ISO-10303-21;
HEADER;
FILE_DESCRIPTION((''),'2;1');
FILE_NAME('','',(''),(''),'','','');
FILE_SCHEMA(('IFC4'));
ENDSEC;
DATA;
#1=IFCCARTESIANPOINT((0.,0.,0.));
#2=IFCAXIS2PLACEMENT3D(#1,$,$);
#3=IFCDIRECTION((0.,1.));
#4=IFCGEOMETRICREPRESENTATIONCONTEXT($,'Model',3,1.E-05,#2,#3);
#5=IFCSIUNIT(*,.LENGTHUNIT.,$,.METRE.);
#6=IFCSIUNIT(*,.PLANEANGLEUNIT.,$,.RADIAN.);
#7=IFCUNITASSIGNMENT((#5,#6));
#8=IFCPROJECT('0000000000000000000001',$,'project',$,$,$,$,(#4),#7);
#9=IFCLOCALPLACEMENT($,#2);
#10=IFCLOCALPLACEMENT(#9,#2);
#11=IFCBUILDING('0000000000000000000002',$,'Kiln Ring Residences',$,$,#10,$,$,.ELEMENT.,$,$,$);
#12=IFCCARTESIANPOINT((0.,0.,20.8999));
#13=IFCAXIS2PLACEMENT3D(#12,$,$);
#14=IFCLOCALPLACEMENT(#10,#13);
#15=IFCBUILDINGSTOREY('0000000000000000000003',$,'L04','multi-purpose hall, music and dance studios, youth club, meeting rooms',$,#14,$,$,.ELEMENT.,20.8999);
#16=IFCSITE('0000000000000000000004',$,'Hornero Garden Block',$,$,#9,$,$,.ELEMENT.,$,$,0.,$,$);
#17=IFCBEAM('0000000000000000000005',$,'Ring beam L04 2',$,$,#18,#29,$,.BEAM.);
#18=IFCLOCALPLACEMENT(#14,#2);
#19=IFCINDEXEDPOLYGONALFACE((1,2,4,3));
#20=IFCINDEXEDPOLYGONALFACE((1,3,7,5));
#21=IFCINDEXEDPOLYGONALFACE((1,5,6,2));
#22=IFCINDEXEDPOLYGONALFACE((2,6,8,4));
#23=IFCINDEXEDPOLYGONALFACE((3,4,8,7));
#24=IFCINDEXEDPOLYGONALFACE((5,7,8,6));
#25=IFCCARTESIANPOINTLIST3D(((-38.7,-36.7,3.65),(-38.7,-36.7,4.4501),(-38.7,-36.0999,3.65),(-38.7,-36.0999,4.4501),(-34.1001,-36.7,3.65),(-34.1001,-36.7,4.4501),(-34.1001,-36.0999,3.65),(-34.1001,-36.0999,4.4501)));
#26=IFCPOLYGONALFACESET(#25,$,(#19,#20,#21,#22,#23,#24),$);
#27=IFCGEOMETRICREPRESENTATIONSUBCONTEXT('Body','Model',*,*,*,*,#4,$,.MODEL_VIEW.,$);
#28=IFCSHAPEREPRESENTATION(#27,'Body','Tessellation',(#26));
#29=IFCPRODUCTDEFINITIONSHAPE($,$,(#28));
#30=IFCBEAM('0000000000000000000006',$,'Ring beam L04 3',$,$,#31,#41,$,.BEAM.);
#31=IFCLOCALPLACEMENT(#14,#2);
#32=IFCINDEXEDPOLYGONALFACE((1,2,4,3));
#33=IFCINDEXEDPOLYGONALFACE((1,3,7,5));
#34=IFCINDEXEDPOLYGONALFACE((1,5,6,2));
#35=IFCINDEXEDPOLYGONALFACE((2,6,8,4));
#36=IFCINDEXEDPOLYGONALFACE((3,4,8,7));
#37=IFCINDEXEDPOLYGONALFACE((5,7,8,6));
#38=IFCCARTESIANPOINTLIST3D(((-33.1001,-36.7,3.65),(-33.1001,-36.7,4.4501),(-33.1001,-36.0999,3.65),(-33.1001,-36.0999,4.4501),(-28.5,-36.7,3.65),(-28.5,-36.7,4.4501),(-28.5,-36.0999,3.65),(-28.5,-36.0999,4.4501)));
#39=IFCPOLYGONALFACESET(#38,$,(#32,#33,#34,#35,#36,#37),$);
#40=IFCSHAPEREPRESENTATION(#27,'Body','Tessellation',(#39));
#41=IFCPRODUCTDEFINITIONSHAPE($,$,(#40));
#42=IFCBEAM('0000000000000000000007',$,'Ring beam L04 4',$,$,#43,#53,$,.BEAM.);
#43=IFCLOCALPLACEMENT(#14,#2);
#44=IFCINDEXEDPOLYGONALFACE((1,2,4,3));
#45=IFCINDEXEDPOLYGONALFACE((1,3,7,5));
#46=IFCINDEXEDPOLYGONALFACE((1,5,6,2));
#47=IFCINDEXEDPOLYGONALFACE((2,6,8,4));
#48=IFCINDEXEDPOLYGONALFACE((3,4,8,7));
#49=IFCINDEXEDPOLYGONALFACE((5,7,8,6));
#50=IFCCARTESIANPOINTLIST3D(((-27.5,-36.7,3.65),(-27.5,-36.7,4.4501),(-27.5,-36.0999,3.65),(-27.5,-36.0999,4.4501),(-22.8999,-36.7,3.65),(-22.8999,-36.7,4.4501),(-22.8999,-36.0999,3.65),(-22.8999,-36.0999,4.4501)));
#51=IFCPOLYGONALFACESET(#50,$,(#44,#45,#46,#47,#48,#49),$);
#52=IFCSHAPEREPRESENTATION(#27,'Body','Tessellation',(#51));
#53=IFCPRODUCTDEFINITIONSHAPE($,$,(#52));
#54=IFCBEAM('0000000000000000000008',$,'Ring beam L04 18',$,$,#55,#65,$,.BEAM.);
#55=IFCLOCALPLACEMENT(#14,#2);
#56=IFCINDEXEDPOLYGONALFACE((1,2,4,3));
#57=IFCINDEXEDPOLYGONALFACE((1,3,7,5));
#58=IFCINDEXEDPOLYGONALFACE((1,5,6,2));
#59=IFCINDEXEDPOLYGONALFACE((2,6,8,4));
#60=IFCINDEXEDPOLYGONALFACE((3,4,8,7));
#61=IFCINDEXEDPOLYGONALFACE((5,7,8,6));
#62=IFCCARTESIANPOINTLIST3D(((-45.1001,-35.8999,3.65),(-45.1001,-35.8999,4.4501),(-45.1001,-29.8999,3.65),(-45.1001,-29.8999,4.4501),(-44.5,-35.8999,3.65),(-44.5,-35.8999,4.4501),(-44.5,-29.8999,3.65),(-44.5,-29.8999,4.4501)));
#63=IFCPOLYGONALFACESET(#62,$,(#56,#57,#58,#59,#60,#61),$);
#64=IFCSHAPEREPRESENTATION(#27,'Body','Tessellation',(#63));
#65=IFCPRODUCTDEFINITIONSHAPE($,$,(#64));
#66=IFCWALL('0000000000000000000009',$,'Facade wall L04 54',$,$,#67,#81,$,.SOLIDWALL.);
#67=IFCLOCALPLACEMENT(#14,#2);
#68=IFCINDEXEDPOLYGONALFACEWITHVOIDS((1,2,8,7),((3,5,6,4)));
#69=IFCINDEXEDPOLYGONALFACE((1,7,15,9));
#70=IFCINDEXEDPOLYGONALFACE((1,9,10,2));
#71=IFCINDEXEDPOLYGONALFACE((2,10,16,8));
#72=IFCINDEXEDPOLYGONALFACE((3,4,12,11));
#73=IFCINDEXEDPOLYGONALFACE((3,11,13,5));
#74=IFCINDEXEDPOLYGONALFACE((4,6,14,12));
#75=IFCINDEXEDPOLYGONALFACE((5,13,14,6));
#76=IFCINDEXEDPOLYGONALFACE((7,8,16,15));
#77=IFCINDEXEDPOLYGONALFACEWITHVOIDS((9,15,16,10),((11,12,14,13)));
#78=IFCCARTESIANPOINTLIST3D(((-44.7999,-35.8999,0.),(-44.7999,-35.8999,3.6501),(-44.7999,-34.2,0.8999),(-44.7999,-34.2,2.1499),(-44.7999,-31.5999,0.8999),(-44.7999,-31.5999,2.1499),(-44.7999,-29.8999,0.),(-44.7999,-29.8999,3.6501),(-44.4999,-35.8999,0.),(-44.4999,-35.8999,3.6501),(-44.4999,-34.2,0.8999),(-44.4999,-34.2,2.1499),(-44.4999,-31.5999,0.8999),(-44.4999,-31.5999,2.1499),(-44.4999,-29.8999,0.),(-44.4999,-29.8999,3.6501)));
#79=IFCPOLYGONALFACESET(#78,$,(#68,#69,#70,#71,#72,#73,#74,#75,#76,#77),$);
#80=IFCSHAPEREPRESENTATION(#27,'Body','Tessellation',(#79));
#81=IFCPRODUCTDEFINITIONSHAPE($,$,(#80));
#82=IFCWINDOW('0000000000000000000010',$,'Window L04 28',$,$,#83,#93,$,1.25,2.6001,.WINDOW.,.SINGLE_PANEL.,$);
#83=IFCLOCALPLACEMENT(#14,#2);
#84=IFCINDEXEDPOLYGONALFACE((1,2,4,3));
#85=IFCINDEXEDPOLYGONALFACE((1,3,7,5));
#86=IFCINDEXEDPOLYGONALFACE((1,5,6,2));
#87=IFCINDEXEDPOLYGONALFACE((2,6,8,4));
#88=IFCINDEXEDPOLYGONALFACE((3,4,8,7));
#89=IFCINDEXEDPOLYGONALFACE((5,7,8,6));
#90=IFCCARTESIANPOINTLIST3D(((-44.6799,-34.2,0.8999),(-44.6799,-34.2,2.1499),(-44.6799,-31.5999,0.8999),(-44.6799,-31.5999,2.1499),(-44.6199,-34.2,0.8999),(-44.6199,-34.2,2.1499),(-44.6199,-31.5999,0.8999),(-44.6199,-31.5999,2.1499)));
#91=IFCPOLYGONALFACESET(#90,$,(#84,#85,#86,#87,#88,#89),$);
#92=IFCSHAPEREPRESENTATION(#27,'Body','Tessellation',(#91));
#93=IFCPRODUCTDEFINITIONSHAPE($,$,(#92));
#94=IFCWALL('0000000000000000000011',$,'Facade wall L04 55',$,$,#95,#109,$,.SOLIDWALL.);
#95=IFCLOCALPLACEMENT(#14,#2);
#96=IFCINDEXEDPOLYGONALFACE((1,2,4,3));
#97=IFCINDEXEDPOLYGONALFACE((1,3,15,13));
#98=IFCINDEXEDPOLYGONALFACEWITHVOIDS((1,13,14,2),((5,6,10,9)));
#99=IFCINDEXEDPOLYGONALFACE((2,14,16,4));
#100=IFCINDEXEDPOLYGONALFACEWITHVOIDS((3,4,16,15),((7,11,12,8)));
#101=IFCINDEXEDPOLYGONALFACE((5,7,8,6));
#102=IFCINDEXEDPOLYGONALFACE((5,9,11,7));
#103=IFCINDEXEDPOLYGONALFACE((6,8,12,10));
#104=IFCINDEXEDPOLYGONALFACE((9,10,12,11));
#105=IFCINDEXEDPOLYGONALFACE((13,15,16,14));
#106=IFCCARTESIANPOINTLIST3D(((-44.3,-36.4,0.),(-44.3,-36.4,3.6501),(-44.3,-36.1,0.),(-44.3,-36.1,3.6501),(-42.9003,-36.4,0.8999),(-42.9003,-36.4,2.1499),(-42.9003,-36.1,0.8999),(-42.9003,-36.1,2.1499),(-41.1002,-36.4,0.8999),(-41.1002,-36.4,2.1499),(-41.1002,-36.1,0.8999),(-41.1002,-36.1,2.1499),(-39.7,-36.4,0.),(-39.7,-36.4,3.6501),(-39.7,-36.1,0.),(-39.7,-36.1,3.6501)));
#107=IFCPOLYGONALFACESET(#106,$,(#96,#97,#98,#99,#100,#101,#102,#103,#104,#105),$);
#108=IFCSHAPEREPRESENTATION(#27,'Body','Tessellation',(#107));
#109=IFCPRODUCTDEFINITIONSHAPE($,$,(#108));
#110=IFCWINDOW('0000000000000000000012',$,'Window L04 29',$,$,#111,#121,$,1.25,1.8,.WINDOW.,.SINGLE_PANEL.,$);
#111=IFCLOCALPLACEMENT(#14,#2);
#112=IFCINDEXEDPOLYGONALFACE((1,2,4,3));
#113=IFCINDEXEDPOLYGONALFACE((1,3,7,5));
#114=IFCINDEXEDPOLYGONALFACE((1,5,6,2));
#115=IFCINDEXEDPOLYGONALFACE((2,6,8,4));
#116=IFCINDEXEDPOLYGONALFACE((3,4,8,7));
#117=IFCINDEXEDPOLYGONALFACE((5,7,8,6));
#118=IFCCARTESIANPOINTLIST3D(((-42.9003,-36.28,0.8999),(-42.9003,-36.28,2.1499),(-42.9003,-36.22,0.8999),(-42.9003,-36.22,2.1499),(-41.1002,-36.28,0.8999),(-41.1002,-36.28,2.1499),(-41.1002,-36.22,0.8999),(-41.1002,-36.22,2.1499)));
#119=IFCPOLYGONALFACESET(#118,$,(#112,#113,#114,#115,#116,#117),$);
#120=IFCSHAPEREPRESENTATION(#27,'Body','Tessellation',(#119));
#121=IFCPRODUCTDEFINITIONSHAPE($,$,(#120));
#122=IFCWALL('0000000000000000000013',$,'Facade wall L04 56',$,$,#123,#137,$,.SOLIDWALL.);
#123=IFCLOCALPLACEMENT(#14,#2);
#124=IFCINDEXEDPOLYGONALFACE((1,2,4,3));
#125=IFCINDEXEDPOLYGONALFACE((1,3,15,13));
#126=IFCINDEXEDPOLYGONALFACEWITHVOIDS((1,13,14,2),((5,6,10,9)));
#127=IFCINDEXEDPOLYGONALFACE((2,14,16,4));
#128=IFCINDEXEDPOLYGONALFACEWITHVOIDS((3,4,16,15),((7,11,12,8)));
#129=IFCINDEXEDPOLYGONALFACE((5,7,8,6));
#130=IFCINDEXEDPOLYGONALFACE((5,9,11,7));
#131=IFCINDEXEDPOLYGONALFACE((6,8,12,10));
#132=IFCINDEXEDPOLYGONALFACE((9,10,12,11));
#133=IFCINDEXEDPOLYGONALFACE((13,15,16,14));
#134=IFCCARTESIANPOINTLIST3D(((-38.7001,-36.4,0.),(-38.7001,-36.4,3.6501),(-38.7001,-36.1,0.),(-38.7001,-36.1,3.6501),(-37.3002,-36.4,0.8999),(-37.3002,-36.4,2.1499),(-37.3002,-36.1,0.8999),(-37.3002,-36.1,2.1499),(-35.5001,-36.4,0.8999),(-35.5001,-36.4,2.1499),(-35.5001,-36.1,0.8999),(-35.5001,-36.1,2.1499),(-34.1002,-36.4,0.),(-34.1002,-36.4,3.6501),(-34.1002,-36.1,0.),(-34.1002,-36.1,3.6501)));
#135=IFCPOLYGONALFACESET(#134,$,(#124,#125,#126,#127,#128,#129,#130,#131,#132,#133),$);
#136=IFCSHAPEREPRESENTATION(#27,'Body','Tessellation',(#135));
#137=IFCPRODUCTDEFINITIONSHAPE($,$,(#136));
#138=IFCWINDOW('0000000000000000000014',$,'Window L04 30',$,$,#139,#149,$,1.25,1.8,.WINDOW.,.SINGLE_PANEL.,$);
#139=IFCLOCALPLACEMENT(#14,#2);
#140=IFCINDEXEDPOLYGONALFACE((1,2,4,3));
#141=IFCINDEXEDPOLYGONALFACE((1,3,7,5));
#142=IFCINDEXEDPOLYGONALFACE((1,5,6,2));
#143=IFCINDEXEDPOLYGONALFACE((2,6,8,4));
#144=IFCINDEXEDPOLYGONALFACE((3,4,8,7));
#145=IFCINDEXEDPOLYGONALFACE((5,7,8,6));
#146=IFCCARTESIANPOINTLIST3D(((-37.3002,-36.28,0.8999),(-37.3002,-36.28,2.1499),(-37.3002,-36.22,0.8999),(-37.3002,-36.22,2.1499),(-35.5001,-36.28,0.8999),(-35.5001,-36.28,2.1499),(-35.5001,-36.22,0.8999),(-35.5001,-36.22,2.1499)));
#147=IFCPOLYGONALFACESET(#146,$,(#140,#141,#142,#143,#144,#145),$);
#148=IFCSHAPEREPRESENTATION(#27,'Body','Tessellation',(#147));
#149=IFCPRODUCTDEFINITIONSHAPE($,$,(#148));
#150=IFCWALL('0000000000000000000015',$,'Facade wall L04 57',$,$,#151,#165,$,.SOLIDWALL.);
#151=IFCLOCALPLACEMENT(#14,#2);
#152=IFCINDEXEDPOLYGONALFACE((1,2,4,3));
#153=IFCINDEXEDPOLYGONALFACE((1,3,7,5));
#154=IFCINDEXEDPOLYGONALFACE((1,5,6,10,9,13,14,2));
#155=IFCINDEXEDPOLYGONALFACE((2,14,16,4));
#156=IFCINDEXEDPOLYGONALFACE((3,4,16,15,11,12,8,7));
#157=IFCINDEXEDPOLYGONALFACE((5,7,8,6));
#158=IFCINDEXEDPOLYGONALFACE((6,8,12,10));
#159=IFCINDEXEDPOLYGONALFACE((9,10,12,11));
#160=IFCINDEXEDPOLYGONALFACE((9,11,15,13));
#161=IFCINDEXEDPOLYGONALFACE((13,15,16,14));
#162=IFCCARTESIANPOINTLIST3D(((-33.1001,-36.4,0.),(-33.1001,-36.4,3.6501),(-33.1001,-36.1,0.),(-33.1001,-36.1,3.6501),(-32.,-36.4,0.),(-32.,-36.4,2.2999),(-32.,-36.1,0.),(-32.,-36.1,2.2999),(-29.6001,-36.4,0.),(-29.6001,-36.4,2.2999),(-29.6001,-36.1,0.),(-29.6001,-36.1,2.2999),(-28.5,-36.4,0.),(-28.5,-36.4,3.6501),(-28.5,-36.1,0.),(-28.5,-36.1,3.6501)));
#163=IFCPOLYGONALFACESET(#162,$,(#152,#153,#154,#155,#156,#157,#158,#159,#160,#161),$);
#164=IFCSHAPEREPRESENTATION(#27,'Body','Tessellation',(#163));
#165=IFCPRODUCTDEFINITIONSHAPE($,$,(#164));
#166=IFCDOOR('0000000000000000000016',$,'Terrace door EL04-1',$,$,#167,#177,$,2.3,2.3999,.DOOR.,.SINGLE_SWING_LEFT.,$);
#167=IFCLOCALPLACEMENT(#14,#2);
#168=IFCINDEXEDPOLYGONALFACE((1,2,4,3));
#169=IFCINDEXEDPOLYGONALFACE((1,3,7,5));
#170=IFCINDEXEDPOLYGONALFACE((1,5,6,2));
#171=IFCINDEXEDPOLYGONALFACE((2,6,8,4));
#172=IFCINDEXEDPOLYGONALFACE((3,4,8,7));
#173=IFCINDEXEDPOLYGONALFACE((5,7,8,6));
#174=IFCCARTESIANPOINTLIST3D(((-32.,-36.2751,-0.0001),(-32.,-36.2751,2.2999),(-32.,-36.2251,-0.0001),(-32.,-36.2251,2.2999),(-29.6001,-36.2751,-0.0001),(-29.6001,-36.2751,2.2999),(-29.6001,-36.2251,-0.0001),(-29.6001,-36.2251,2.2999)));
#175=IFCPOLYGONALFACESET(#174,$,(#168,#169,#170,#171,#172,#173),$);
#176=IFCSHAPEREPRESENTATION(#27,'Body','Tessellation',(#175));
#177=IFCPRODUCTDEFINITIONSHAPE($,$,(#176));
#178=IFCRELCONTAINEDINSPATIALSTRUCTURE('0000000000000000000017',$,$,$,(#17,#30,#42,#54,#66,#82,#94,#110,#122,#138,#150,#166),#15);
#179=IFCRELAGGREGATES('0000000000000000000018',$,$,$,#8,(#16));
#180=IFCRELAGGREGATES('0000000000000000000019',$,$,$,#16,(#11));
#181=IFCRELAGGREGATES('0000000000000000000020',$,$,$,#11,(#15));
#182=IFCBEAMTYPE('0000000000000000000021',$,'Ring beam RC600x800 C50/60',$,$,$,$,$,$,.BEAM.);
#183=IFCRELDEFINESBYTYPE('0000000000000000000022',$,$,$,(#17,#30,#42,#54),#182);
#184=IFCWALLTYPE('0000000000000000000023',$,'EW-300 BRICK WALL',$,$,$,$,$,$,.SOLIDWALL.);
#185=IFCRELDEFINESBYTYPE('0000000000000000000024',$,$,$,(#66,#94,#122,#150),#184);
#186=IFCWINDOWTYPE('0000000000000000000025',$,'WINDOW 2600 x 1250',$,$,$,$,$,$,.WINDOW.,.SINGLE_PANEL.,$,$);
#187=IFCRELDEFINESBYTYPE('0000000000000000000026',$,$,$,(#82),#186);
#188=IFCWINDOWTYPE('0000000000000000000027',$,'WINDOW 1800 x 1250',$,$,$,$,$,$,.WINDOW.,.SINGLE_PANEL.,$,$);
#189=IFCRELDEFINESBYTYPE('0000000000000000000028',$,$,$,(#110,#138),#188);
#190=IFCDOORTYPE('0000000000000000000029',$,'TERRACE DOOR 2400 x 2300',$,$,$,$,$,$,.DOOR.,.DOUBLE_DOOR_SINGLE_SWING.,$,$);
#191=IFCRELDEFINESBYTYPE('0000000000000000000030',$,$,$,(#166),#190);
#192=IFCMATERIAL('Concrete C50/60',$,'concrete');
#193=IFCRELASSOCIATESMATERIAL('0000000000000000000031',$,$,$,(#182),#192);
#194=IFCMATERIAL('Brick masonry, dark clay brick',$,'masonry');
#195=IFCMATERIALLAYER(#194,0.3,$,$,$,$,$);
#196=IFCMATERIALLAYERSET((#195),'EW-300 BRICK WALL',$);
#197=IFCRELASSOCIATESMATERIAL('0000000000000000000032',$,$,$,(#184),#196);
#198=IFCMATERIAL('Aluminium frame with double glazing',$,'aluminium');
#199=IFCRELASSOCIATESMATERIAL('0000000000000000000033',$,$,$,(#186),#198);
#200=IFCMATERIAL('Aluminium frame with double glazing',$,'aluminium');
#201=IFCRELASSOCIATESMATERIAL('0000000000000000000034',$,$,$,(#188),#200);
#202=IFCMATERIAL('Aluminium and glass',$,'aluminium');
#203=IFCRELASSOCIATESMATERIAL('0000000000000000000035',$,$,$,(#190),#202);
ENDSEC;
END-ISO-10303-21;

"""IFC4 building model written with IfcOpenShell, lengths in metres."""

from ifc_helpers import new_model, si_unit, direction, frame, frame_2d, origin, origin_2d, place, context, subcontext, project, spatial, rectangle, extrude, material, layer, layer_set, material_profile, profile_set, type_object, element, fill, save


model = new_model("IFC4")

# Units and contexts
model_context = context("Model", 3, precision=1e-05, world=origin(), true_north=direction((0.0, 1.0)))
body_context = subcontext(model_context, "Body", "Model", "MODEL_VIEW")
ifc_project = project(units=[si_unit("LENGTHUNIT", "METRE"), si_unit("PLANEANGLEUNIT", "RADIAN")], contexts=[model_context])

# Site, building, storey
site_placement = place(None, origin())
site = spatial("IfcSite", under=ifc_project, at=site_placement, Name="Hornero Garden Block", CompositionType="ELEMENT", RefElevation=0.0)
building_placement = place(site_placement, origin())
building = spatial("IfcBuilding", under=site, at=building_placement, Name="Kiln Ring Residences", CompositionType="ELEMENT")
storey_placement = place(building_placement, frame((0.0, 0.0, 20.8999)))
storey = spatial("IfcBuildingStorey", under=building, at=storey_placement, Name="L04", Description="multi-purpose hall, music and dance studios, youth club, meeting rooms", CompositionType="ELEMENT", Elevation=20.8999)

# Beams
ifc_material_1 = material(Name="Concrete C50/60", Category="concrete")
ifc_material_profile_1 = material_profile(ifc_material_1, rectangle(XDim=0.6001, YDim=0.8, at=origin_2d()), Name="RC600x800")
ifc_profile_set_1 = profile_set([ifc_material_profile_1], Name="Concrete C50/60")
beam_type = type_object("IfcBeamType", Name="Ring beam RC600x800 C50/60", PredefinedType="BEAM", material=ifc_profile_set_1)
beam_1_placement = place(storey_placement, frame((-38.7, -36.3999, 4.05), z_axis=(1.0, 0.0, 0.0), x_axis=(0.0, 1.0, 0.0)))
element("IfcBeam", 1, at=beam_1_placement, inside=storey, type_object=beam_type, Name="Ring beam L04 2", PredefinedType="BEAM", context=body_context, shape_type="SweptSolid", body=[
    extrude(rectangle(XDim=0.6001, YDim=0.8, at=origin_2d()), origin(), (0.0, 0.0, 1.0), 4.5999),
])
for number, where, z_axis, x_axis, name in (
    (2, (-33.1001, -36.3999, 4.05), (1.0, 0.0, 0.0), (0.0, 1.0, 0.0), "Ring beam L04 3"),
    (3, (-27.5, -36.3999, 4.05), (1.0, 0.0, 0.0), (0.0, 1.0, 0.0), "Ring beam L04 4"),
):
    element("IfcBeam", number, at=place(storey_placement, frame(where, z_axis=z_axis, x_axis=x_axis)), inside=storey, type_object=beam_type, Name=name, PredefinedType="BEAM", context=body_context, shape_type="SweptSolid", body=[
        extrude(rectangle(XDim=0.6001, YDim=0.8, at=origin_2d()), origin(), (0.0, 0.0, 1.0), 4.6001),
    ])
beam_2_placement = place(storey_placement, frame((-44.8, -29.8999, 4.05), z_axis=(0.0, -1.0, 0.0), x_axis=(1.0, 0.0, 0.0)))
element("IfcBeam", 4, at=beam_2_placement, inside=storey, type_object=beam_type, Name="Ring beam L04 18", PredefinedType="BEAM", context=body_context, shape_type="SweptSolid", body=[
    extrude(rectangle(XDim=0.6001, YDim=0.8, at=origin_2d()), origin(), (0.0, 0.0, 1.0), 6.0),
])

# Walls, openings, windows
ifc_material_2 = material(Name="Brick masonry, dark clay brick", Category="masonry")
ifc_layer_1 = layer(ifc_material_2, 0.3)
ifc_layer_set_1 = layer_set([ifc_layer_1], Name="EW-300 BRICK WALL")
wall_type = type_object("IfcWallType", Name="EW-300 BRICK WALL", PredefinedType="SOLIDWALL", material=ifc_layer_set_1)
wall_1_placement = place(storey_placement, frame((-44.6499, -29.8999, 0.0), z_axis=(0.0, 0.0, 1.0), x_axis=(0.0, -1.0, 0.0)))
wall_1 = element("IfcWall", 5, at=wall_1_placement, inside=storey, type_object=wall_type, Name="Facade wall L04 54", PredefinedType="SOLIDWALL", context=body_context, shape_type="SweptSolid", body=[
    extrude(rectangle(XDim=6.0, YDim=0.3, at=frame_2d((3.0, 0.0))), origin(), (0.0, 0.0, 1.0), 3.6501),
])
opening_1_placement = place(wall_1_placement, frame((1.7, 0.0, 0.8999)))
opening_1 = element("IfcOpeningElement", 6, at=opening_1_placement, cuts=wall_1, PredefinedType="OPENING", context=body_context, shape_type="SweptSolid", body=[
    extrude(rectangle(XDim=2.6001, YDim=1.25, at=frame_2d((1.3, 0.625))), frame((0.0, 0.1599, 0.0), z_axis=(0.0, -1.0, 0.0), x_axis=(1.0, 0.0, 0.0)), (0.0, 0.0, 1.0), 0.3201),
])
ifc_material_3 = material(Name="Aluminium frame with double glazing", Category="aluminium")
window_type_1 = type_object("IfcWindowType", Name="WINDOW 2600 x 1250", PartitioningType="SINGLE_PANEL", PredefinedType="WINDOW", material=ifc_material_3)
window_1_placement = place(opening_1_placement, origin())
window_1 = element("IfcWindow", 7, at=window_1_placement, inside=storey, type_object=window_type_1, Name="Window L04 28", OverallHeight=1.25, OverallWidth=2.6001, PartitioningType="SINGLE_PANEL", PredefinedType="WINDOW", context=body_context, shape_type="SweptSolid", body=[
    extrude(rectangle(XDim=2.6001, YDim=1.25, at=frame_2d((1.3, 0.625))), frame((0.0, 0.03, 0.0), z_axis=(0.0, -1.0, 0.0), x_axis=(1.0, 0.0, 0.0)), (0.0, 0.0, 1.0), 0.0601),
])
fill(opening_1, window_1)
wall_2_placement = place(storey_placement, frame((-44.3, -36.25, 0.0), z_axis=(0.0, 0.0, 1.0), x_axis=(1.0, 0.0, 0.0)))
wall_2 = element("IfcWall", 8, at=wall_2_placement, inside=storey, type_object=wall_type, Name="Facade wall L04 55", PredefinedType="SOLIDWALL", context=body_context, shape_type="SweptSolid", body=[
    extrude(rectangle(XDim=4.6001, YDim=0.3, at=frame_2d((2.3, 0.0))), origin(), (0.0, 0.0, 1.0), 3.6501),
])
opening_2_placement = place(wall_2_placement, frame((1.3999, 0.0, 0.8999)))
opening_2 = element("IfcOpeningElement", 9, at=opening_2_placement, cuts=wall_2, PredefinedType="OPENING", context=body_context, shape_type="SweptSolid", body=[
    extrude(rectangle(XDim=1.8, YDim=1.25, at=frame_2d((0.8999, 0.625))), frame((0.0, 0.1599, 0.0), z_axis=(0.0, -1.0, 0.0), x_axis=(1.0, 0.0, 0.0)), (0.0, 0.0, 1.0), 0.3201),
])
ifc_material_4 = material(Name="Aluminium frame with double glazing", Category="aluminium")
window_type_2 = type_object("IfcWindowType", Name="WINDOW 1800 x 1250", PartitioningType="SINGLE_PANEL", PredefinedType="WINDOW", material=ifc_material_4)
window_2_placement = place(opening_2_placement, origin())
window_2 = element("IfcWindow", 10, at=window_2_placement, inside=storey, type_object=window_type_2, Name="Window L04 29", OverallHeight=1.25, OverallWidth=1.8, PartitioningType="SINGLE_PANEL", PredefinedType="WINDOW", context=body_context, shape_type="SweptSolid", body=[
    extrude(rectangle(XDim=1.8, YDim=1.25, at=frame_2d((0.8999, 0.625))), frame((0.0, 0.03, 0.0), z_axis=(0.0, -1.0, 0.0), x_axis=(1.0, 0.0, 0.0)), (0.0, 0.0, 1.0), 0.0601),
])
fill(opening_2, window_2)
wall_3_placement = place(storey_placement, frame((-38.7, -36.25, 0.0), z_axis=(0.0, 0.0, 1.0), x_axis=(1.0, 0.0, 0.0)))
wall_3 = element("IfcWall", 11, at=wall_3_placement, inside=storey, type_object=wall_type, Name="Facade wall L04 56", PredefinedType="SOLIDWALL", context=body_context, shape_type="SweptSolid", body=[
    extrude(rectangle(XDim=4.5999, YDim=0.3, at=frame_2d((2.2998, 0.0))), origin(), (0.0, 0.0, 1.0), 3.6501),
])
opening_3_placement = place(wall_3_placement, frame((1.3999, 0.0, 0.8999)))
opening_3 = element("IfcOpeningElement", 12, at=opening_3_placement, cuts=wall_3, PredefinedType="OPENING", context=body_context, shape_type="SweptSolid", body=[
    extrude(rectangle(XDim=1.8, YDim=1.25, at=frame_2d((0.8999, 0.625))), frame((0.0, 0.1599, 0.0), z_axis=(0.0, -1.0, 0.0), x_axis=(1.0, 0.0, 0.0)), (0.0, 0.0, 1.0), 0.3201),
])
window_3_placement = place(opening_3_placement, origin())
window_3 = element("IfcWindow", 13, at=window_3_placement, inside=storey, type_object=window_type_2, Name="Window L04 30", OverallHeight=1.25, OverallWidth=1.8, PartitioningType="SINGLE_PANEL", PredefinedType="WINDOW", context=body_context, shape_type="SweptSolid", body=[
    extrude(rectangle(XDim=1.8, YDim=1.25, at=frame_2d((0.8999, 0.625))), frame((0.0, 0.03, 0.0), z_axis=(0.0, -1.0, 0.0), x_axis=(1.0, 0.0, 0.0)), (0.0, 0.0, 1.0), 0.0601),
])
fill(opening_3, window_3)

# Wall, opening, door
wall_4_placement = place(storey_placement, frame((-33.1001, -36.25, 0.0), z_axis=(0.0, 0.0, 1.0), x_axis=(1.0, 0.0, 0.0)))
wall_4 = element("IfcWall", 14, at=wall_4_placement, inside=storey, type_object=wall_type, Name="Facade wall L04 57", PredefinedType="SOLIDWALL", context=body_context, shape_type="SweptSolid", body=[
    extrude(rectangle(XDim=4.6001, YDim=0.3, at=frame_2d((2.3, 0.0))), origin(), (0.0, 0.0, 1.0), 3.6501),
])
opening_4_placement = place(wall_4_placement, frame((1.1001, 0.0, 0.0)))
opening_4 = element("IfcOpeningElement", 15, at=opening_4_placement, cuts=wall_4, PredefinedType="OPENING", context=body_context, shape_type="SweptSolid", body=[
    extrude(rectangle(XDim=2.3999, YDim=2.3, at=frame_2d((1.2, 1.1499))), frame((0.0, 0.1599, 0.0), z_axis=(0.0, -1.0, 0.0), x_axis=(1.0, 0.0, 0.0)), (0.0, 0.0, 1.0), 0.3201),
])
ifc_material_5 = material(Name="Aluminium and glass", Category="aluminium")
door_type = type_object("IfcDoorType", Name="TERRACE DOOR 2400 x 2300", OperationType="DOUBLE_DOOR_SINGLE_SWING", PredefinedType="DOOR", material=ifc_material_5)
door_placement = place(opening_4_placement, origin())
door = element("IfcDoor", 16, at=door_placement, inside=storey, type_object=door_type, Name="Terrace door EL04-1", OperationType="SINGLE_SWING_LEFT", OverallHeight=2.3, OverallWidth=2.3999, PredefinedType="DOOR", context=body_context, shape_type="SweptSolid", body=[
    extrude(rectangle(XDim=2.3999, YDim=2.3, at=frame_2d((1.2, 1.1499))), frame((0.0, 0.0249, 0.0), z_axis=(0.0, -1.0, 0.0), x_axis=(1.0, 0.0, 0.0)), (0.0, 0.0, 1.0), 0.05),
])
fill(opening_4, door)

save(model, "model.ifc")
